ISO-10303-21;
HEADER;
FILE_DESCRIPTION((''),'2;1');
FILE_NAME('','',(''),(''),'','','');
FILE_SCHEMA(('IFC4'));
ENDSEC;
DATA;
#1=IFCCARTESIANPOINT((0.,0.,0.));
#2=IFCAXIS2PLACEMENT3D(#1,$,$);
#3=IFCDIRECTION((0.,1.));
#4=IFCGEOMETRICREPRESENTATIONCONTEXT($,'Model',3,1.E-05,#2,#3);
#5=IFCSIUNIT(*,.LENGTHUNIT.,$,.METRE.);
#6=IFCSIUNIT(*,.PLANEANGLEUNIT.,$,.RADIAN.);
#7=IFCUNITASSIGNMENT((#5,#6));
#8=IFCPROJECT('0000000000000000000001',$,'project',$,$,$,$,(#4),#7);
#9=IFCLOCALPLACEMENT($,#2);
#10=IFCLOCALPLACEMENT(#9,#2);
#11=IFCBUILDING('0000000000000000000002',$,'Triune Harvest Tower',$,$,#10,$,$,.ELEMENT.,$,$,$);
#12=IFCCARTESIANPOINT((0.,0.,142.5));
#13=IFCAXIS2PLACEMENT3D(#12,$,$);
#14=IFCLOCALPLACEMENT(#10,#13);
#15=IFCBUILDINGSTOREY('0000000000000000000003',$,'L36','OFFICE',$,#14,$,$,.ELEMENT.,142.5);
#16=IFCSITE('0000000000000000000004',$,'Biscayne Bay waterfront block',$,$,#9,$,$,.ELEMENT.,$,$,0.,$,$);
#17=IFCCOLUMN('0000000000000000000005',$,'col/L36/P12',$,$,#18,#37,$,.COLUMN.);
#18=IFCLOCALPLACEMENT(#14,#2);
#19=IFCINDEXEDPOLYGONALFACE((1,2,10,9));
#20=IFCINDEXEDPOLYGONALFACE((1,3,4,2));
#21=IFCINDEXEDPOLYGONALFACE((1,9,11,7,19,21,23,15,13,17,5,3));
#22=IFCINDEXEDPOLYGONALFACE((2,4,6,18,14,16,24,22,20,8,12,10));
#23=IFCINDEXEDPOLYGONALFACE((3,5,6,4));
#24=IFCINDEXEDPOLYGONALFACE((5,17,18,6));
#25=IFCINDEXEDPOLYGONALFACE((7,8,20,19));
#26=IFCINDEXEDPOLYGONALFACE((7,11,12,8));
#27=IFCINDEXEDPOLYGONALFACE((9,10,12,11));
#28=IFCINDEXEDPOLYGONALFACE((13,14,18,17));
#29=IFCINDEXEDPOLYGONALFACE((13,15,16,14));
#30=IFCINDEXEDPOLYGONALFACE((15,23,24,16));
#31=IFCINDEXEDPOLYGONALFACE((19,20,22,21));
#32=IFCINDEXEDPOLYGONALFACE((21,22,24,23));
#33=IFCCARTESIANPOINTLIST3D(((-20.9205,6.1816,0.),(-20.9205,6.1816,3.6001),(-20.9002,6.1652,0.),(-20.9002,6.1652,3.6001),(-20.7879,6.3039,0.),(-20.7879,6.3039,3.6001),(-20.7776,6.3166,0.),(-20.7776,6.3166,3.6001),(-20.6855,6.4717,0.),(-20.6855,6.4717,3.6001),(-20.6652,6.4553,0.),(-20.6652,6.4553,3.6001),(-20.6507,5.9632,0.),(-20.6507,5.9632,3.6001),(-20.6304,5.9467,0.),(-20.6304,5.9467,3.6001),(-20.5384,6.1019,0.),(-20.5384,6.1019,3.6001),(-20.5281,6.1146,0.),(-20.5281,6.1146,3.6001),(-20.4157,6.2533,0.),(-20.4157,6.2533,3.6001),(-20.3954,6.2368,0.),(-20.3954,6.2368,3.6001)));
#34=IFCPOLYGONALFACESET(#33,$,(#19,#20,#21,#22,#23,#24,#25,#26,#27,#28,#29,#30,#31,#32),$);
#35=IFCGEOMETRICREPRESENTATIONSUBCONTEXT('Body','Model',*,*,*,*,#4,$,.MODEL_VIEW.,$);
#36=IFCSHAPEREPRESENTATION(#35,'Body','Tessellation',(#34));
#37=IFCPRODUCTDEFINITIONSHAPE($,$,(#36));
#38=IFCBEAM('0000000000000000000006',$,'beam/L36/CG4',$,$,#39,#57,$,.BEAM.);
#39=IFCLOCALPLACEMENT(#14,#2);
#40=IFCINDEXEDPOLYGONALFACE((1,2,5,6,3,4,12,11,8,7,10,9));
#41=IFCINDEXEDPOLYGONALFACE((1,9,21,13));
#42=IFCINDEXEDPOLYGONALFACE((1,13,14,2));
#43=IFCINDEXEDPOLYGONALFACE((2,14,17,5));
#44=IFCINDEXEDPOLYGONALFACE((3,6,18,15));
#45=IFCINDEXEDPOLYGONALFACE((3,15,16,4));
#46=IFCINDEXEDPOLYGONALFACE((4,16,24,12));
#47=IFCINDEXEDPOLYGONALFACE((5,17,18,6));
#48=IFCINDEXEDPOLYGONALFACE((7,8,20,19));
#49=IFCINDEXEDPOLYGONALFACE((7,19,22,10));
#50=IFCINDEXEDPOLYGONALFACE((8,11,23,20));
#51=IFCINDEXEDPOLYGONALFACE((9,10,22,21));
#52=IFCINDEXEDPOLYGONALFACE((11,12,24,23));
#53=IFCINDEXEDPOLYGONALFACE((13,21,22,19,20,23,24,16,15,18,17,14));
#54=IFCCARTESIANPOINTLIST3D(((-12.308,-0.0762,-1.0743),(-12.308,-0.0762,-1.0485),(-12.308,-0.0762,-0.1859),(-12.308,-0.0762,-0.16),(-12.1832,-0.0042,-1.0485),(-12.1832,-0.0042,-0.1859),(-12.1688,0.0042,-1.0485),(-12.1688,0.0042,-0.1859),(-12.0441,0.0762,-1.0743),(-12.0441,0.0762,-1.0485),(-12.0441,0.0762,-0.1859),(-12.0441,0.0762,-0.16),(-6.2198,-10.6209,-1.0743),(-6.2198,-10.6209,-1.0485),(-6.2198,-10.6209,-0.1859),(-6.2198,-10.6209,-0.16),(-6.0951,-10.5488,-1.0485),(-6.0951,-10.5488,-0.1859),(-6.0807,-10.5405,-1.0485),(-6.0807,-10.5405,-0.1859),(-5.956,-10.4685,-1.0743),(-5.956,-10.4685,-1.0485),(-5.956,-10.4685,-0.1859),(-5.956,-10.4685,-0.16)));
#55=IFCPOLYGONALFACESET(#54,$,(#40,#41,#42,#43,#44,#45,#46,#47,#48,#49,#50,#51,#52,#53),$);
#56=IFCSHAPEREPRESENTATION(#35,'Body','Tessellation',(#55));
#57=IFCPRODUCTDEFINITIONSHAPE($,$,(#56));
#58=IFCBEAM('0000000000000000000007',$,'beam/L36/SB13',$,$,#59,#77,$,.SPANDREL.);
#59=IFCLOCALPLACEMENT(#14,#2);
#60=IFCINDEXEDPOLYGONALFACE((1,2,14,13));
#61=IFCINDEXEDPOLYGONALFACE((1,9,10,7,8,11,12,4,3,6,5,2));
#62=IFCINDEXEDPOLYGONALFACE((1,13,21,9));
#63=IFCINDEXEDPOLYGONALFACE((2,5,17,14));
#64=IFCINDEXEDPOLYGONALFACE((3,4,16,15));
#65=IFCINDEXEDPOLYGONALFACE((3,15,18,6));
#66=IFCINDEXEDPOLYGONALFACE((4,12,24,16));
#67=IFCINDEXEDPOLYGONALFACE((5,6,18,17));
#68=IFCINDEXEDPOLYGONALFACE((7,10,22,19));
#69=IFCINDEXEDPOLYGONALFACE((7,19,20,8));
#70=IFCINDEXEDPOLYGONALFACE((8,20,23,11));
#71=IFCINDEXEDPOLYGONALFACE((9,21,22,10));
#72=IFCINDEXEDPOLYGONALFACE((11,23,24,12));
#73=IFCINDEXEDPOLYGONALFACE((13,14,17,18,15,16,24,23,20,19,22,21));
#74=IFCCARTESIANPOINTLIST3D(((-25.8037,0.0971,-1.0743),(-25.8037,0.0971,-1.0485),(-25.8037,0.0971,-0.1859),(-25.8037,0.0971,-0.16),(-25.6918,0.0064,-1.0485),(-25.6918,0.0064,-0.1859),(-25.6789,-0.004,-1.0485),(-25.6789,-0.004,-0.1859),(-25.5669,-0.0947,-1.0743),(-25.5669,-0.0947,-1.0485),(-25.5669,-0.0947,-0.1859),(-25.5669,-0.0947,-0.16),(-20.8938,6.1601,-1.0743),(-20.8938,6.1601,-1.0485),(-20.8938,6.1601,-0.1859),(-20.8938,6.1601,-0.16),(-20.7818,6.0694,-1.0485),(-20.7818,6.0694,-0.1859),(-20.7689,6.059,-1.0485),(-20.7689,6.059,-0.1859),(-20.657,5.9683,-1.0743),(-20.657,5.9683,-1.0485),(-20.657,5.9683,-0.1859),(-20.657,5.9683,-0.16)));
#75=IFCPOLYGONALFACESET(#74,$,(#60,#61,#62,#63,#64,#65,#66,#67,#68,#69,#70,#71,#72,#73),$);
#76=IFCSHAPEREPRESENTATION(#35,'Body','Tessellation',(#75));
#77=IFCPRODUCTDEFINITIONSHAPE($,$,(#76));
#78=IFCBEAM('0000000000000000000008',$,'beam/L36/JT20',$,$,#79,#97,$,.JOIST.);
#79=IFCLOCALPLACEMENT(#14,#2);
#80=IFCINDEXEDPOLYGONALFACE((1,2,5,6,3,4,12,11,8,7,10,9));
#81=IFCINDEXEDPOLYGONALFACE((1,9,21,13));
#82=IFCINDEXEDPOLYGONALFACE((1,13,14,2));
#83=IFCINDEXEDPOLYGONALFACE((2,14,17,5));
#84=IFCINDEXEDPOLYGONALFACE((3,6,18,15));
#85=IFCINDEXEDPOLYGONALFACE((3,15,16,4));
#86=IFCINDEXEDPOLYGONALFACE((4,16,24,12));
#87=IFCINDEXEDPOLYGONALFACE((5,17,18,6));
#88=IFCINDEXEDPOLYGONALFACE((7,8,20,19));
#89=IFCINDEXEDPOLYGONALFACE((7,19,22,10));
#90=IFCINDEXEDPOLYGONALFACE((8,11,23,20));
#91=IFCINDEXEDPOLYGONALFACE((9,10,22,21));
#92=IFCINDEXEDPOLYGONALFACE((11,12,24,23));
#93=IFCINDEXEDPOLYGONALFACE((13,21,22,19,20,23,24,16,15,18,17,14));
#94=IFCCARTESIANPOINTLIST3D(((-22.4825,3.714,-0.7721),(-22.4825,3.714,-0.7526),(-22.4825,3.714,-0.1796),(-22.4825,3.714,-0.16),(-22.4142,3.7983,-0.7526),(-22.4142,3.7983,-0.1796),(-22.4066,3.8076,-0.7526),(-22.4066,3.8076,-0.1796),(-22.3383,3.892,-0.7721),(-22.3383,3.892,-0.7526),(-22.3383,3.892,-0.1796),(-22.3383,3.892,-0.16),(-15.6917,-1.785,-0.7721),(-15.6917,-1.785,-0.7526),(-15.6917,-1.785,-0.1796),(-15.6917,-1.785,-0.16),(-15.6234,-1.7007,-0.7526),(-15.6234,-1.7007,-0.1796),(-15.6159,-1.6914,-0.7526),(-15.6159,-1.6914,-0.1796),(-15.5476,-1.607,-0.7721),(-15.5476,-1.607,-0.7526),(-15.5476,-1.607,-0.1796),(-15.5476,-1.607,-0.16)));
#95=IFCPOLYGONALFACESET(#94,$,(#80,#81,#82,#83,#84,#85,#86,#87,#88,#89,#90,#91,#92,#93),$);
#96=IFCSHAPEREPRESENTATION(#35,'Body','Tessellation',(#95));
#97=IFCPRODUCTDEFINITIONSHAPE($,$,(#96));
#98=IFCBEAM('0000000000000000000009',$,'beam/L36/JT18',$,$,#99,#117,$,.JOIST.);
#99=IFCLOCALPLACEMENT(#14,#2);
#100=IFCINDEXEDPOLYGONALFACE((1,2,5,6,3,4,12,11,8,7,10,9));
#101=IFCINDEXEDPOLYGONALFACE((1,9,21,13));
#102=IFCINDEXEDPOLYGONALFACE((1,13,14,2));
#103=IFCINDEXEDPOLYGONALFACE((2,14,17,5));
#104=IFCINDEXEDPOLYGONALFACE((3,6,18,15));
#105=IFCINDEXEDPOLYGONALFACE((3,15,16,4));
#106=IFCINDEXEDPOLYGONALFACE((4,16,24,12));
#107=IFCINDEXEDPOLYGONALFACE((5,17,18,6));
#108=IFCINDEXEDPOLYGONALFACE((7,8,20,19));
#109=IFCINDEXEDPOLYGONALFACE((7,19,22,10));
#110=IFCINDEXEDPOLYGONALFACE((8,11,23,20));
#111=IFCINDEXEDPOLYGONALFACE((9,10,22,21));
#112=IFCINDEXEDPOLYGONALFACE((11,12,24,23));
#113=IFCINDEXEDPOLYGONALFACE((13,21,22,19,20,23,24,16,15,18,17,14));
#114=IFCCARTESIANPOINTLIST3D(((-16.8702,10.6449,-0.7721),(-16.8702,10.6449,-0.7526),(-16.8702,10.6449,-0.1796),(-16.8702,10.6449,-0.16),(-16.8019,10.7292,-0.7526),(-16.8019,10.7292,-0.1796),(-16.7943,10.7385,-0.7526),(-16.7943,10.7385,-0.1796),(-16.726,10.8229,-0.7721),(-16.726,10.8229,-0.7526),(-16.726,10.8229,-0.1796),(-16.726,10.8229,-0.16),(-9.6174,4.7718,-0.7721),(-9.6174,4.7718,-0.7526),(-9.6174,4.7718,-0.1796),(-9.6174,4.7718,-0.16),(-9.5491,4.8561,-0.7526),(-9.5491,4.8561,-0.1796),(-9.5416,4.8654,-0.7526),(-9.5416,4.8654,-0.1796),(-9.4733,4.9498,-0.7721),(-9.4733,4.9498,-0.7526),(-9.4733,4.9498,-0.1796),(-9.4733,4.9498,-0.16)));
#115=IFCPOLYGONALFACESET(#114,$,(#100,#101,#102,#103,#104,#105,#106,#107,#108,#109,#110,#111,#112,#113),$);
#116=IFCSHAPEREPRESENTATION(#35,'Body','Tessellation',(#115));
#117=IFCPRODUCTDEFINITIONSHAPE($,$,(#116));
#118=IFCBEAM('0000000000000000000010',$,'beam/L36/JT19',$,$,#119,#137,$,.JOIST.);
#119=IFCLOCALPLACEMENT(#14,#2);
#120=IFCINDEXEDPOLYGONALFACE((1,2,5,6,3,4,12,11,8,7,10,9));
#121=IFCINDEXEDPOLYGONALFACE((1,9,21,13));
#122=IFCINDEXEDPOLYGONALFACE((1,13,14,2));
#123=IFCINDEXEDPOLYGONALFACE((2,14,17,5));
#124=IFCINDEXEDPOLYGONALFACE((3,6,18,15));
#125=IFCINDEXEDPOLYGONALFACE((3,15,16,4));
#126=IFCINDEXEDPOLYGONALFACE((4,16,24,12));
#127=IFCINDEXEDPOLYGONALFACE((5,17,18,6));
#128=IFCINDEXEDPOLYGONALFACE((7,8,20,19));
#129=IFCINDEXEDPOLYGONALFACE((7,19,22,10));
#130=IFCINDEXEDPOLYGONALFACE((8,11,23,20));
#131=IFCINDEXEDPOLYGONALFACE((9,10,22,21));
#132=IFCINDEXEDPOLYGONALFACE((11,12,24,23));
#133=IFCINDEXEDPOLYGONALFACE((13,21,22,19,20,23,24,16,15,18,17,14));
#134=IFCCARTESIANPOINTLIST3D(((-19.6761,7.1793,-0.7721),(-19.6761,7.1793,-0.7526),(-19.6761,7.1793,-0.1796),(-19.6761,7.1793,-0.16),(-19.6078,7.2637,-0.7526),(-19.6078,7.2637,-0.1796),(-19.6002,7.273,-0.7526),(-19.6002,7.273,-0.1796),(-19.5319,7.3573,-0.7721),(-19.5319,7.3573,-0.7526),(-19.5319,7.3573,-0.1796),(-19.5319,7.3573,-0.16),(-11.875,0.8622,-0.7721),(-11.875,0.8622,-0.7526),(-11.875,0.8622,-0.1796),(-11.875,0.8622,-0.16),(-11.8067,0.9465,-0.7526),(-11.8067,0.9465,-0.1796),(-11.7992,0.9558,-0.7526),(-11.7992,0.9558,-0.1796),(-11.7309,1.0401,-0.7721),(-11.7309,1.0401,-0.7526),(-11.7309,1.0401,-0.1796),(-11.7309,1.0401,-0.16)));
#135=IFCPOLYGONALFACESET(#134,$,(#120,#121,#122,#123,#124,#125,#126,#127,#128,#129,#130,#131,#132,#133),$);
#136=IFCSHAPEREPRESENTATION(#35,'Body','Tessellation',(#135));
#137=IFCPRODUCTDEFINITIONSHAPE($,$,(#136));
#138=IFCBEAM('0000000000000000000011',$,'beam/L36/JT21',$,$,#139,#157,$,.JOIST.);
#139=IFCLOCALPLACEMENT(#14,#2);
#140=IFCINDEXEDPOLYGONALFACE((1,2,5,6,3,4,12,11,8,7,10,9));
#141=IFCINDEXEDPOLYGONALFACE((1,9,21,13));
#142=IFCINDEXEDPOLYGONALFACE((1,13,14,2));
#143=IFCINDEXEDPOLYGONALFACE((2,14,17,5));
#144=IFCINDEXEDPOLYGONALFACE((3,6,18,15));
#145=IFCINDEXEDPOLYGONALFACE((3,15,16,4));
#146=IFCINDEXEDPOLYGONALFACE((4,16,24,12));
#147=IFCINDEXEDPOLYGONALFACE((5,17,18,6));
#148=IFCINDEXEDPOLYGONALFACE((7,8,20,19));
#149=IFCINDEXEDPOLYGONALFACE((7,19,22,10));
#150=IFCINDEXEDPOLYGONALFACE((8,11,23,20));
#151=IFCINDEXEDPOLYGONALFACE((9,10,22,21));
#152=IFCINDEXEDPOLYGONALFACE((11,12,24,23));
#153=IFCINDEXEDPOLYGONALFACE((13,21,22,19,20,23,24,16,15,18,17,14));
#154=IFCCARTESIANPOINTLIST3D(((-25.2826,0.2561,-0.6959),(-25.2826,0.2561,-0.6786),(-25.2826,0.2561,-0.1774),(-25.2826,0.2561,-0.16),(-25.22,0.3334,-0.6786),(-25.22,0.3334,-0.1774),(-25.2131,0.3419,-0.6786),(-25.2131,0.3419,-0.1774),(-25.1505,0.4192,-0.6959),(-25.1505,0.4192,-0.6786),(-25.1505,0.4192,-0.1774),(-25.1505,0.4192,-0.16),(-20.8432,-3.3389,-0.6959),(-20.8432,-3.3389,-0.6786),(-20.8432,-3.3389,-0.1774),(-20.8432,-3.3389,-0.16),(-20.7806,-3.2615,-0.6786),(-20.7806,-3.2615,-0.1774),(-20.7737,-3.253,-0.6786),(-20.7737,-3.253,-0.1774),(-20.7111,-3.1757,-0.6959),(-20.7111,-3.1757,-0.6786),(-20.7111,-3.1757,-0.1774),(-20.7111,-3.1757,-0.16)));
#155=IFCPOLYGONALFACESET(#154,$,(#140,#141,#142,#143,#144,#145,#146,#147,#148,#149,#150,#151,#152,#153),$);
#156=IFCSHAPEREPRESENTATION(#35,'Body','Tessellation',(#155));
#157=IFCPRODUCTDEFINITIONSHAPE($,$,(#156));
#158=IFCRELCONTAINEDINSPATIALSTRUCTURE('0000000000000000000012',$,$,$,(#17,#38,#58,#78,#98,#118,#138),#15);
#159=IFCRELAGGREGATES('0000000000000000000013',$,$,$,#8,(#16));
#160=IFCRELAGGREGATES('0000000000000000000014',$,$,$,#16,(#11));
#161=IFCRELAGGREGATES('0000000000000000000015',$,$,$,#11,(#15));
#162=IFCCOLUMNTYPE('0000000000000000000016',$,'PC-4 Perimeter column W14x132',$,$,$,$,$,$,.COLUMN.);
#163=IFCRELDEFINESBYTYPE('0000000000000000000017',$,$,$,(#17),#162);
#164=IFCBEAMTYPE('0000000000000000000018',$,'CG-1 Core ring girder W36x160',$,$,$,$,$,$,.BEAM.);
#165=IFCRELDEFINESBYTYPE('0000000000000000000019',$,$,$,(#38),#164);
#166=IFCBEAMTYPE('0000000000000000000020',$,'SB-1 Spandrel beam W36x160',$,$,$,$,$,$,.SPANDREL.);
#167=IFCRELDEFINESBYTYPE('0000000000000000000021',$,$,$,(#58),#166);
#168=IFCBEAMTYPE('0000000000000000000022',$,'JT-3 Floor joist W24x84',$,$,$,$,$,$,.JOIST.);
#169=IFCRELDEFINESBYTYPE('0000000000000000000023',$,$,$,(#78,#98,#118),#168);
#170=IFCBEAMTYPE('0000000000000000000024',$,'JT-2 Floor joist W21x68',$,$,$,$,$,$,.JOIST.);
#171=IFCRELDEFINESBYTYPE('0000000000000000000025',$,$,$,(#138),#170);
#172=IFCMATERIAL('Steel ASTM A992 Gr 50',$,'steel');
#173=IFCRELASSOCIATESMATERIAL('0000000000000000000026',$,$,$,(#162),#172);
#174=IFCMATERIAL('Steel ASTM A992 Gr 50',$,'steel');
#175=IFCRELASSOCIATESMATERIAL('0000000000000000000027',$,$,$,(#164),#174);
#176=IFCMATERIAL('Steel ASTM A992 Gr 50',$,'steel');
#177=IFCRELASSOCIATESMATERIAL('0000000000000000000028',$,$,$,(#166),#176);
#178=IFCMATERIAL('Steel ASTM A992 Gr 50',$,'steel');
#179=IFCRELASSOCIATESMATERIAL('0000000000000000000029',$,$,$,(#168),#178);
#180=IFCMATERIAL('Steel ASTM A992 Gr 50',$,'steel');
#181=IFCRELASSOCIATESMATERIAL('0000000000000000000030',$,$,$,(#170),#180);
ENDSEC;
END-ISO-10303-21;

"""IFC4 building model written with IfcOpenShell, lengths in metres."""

from ifc_helpers import new_model, si_unit, direction, frame, origin, origin_2d, place, context, subcontext, project, spatial, i_section, extrude, source, transform, mapped, material, material_profile, profile_set, type_object, element, save


model = new_model("IFC4")

# Units and contexts
model_context = context("Model", 3, precision=1e-05, world=origin(), true_north=direction((0.0, 1.0)))
body_context = subcontext(model_context, "Body", "Model", "MODEL_VIEW")
ifc_project = project(units=[si_unit("LENGTHUNIT", "METRE"), si_unit("PLANEANGLEUNIT", "RADIAN")], contexts=[model_context])

# Site, building, storey
site_placement = place(None, origin())
site = spatial("IfcSite", under=ifc_project, at=site_placement, Name="Biscayne Bay waterfront block", CompositionType="ELEMENT", RefElevation=0.0)
building_placement = place(site_placement, origin())
building = spatial("IfcBuilding", under=site, at=building_placement, Name="Triune Harvest Tower", CompositionType="ELEMENT")
storey_placement = place(building_placement, frame((0.0, 0.0, 142.5)))
storey = spatial("IfcBuildingStorey", under=building, at=storey_placement, Name="L36", Description="OFFICE", CompositionType="ELEMENT", Elevation=142.5)

# Column
ifc_material_1 = material(Name="Steel ASTM A992 Gr 50", Category="steel")
ifc_material_profile_1 = material_profile(ifc_material_1, i_section(OverallWidth=0.3733, OverallDepth=0.3733, WebThickness=0.0164, FlangeThickness=0.0261, at=origin_2d()), Name="W14x132")
ifc_profile_set_1 = profile_set([ifc_material_profile_1], Name="Steel ASTM A992 Gr 50")
column_type = type_object("IfcColumnType", Name="PC-4 Perimeter column W14x132", PredefinedType="COLUMN", material=ifc_profile_set_1)
shared_shape_1 = source(origin(), body_context, "Body", "SweptSolid", [
    extrude(i_section(OverallWidth=0.3733, OverallDepth=0.3733, WebThickness=0.0164, FlangeThickness=0.0261, at=origin_2d()), origin(), (0.0, 0.0, 1.0), 3.6001),
])
column_placement = place(storey_placement, frame((-20.658, 6.2092, 0.0), z_axis=(0.0, 0.0, 1.0), x_axis=(-0.629322, -0.777145, 0.0)))
element("IfcColumn", 1, at=column_placement, inside=storey, type_object=column_type, Name="col/L36/P12", PredefinedType="COLUMN", context=body_context, shape_type="MappedRepresentation", body=[
    mapped(shared_shape_1, transform((0.0, 0.0, 0.0), scale=1.0)),
])

# Beams
ifc_material_2 = material(Name="Steel ASTM A992 Gr 50", Category="steel")
ifc_material_profile_2 = material_profile(ifc_material_2, i_section(OverallWidth=0.3047, OverallDepth=0.9143, WebThickness=0.0166, FlangeThickness=0.0259, at=origin_2d()), Name="W36x160")
ifc_profile_set_2 = profile_set([ifc_material_profile_2], Name="Steel ASTM A992 Gr 50")
beam_type_1 = type_object("IfcBeamType", Name="CG-1 Core ring girder W36x160", PredefinedType="BEAM", material=ifc_profile_set_2)
shared_shape_2 = source(origin(), body_context, "Body", "SweptSolid", [
    extrude(i_section(OverallWidth=0.3047, OverallDepth=0.9143, WebThickness=0.0166, FlangeThickness=0.0259, at=origin_2d()), origin(), (0.0, 0.0, 1.0), 12.176),
])
beam_1_placement = place(storey_placement, frame((-12.176, 0.0, -0.6172), z_axis=(0.50001, -0.86602, 0.0), x_axis=(0.86602, 0.50001, 0.0)))
element("IfcBeam", 2, at=beam_1_placement, inside=storey, type_object=beam_type_1, Name="beam/L36/CG4", PredefinedType="BEAM", context=body_context, shape_type="MappedRepresentation", body=[
    mapped(shared_shape_2, transform((0.0, 0.0, 0.0), scale=1.0)),
])
ifc_material_3 = material(Name="Steel ASTM A992 Gr 50", Category="steel")
ifc_material_profile_3 = material_profile(ifc_material_3, i_section(OverallWidth=0.3047, OverallDepth=0.9143, WebThickness=0.0166, FlangeThickness=0.0259, at=origin_2d()), Name="W36x160")
ifc_profile_set_3 = profile_set([ifc_material_profile_3], Name="Steel ASTM A992 Gr 50")
beam_type_2 = type_object("IfcBeamType", Name="SB-1 Spandrel beam W36x160", PredefinedType="SPANDREL", material=ifc_profile_set_3)
shared_shape_3 = source(origin(), body_context, "Body", "SweptSolid", [
    extrude(i_section(OverallWidth=0.3047, OverallDepth=0.9143, WebThickness=0.0166, FlangeThickness=0.0259, at=origin_2d()), origin(), (0.0, 0.0, 1.0), 7.8018),
])
beam_2_placement = place(storey_placement, frame((-20.7754, 6.0642, -0.6172), z_axis=(-0.629336, -0.777133, 0.0), x_axis=(0.777133, -0.629336, 0.0)))
element("IfcBeam", 3, at=beam_2_placement, inside=storey, type_object=beam_type_2, Name="beam/L36/SB13", PredefinedType="SPANDREL", context=body_context, shape_type="MappedRepresentation", body=[
    mapped(shared_shape_3, transform((0.0, 0.0, 0.0), scale=1.0)),
])
ifc_material_4 = material(Name="Steel ASTM A992 Gr 50", Category="steel")
ifc_material_profile_4 = material_profile(ifc_material_4, i_section(OverallWidth=0.229, OverallDepth=0.6121, WebThickness=0.012, FlangeThickness=0.0195, at=origin_2d()), Name="W24x84")
ifc_profile_set_4 = profile_set([ifc_material_profile_4], Name="Steel ASTM A992 Gr 50")
beam_type_3 = type_object("IfcBeamType", Name="JT-3 Floor joist W24x84", PredefinedType="JOIST", material=ifc_profile_set_4)
shared_shape_4 = source(origin(), body_context, "Body", "SweptSolid", [
    extrude(i_section(OverallWidth=0.229, OverallDepth=0.6121, WebThickness=0.012, FlangeThickness=0.0195, at=origin_2d()), origin(), (0.0, 0.0, 1.0), 8.738),
])
beam_3_placement = place(storey_placement, frame((-22.4104, 3.803, -0.4661), z_axis=(0.777148, -0.629318, 0.0), x_axis=(0.629318, 0.777148, 0.0)))
element("IfcBeam", 4, at=beam_3_placement, inside=storey, type_object=beam_type_3, Name="beam/L36/JT20", PredefinedType="JOIST", context=body_context, shape_type="MappedRepresentation", body=[
    mapped(shared_shape_4, transform((0.0, 0.0, 0.0), scale=1.0)),
])
shared_shape_5 = source(origin(), body_context, "Body", "SweptSolid", [
    extrude(i_section(OverallWidth=0.229, OverallDepth=0.6121, WebThickness=0.012, FlangeThickness=0.0195, at=origin_2d()), origin(), (0.0, 0.0, 1.0), 9.3325),
])
beam_4_placement = place(storey_placement, frame((-16.7981, 10.7339, -0.4661), z_axis=(0.777149, -0.629316, 0.0), x_axis=(0.629316, 0.777149, 0.0)))
element("IfcBeam", 5, at=beam_4_placement, inside=storey, type_object=beam_type_3, Name="beam/L36/JT18", PredefinedType="JOIST", context=body_context, shape_type="MappedRepresentation", body=[
    mapped(shared_shape_5, transform((0.0, 0.0, 0.0), scale=1.0)),
])
shared_shape_6 = source(origin(), body_context, "Body", "SweptSolid", [
    extrude(i_section(OverallWidth=0.229, OverallDepth=0.6121, WebThickness=0.012, FlangeThickness=0.0195, at=origin_2d()), origin(), (0.0, 0.0, 1.0), 10.0381),
])
beam_5_placement = place(storey_placement, frame((-19.604, 7.2683, -0.4661), z_axis=(0.777146, -0.62932, 0.0), x_axis=(0.62932, 0.777146, 0.0)))
element("IfcBeam", 6, at=beam_5_placement, inside=storey, type_object=beam_type_3, Name="beam/L36/JT19", PredefinedType="JOIST", context=body_context, shape_type="MappedRepresentation", body=[
    mapped(shared_shape_6, transform((0.0, 0.0, 0.0), scale=1.0)),
])
ifc_material_5 = material(Name="Steel ASTM A992 Gr 50", Category="steel")
ifc_material_profile_5 = material_profile(ifc_material_5, i_section(OverallWidth=0.21, OverallDepth=0.5359, WebThickness=0.011, FlangeThickness=0.0173, at=origin_2d()), Name="W21x68")
ifc_profile_set_5 = profile_set([ifc_material_profile_5], Name="Steel ASTM A992 Gr 50")
beam_type_4 = type_object("IfcBeamType", Name="JT-2 Floor joist W21x68", PredefinedType="JOIST", material=ifc_profile_set_5)
shared_shape_7 = source(origin(), body_context, "Body", "SweptSolid", [
    extrude(i_section(OverallWidth=0.21, OverallDepth=0.5359, WebThickness=0.011, FlangeThickness=0.0173, at=origin_2d()), origin(), (0.0, 0.0, 1.0), 5.7124),
])
beam_6_placement = place(storey_placement, frame((-25.2166, 0.3376, -0.428), z_axis=(0.777148, -0.629317, 0.0), x_axis=(0.629317, 0.777148, 0.0)))
element("IfcBeam", 7, at=beam_6_placement, inside=storey, type_object=beam_type_4, Name="beam/L36/JT21", PredefinedType="JOIST", context=body_context, shape_type="MappedRepresentation", body=[
    mapped(shared_shape_7, transform((0.0, 0.0, 0.0), scale=1.0)),
])

save(model, "model.ifc")
